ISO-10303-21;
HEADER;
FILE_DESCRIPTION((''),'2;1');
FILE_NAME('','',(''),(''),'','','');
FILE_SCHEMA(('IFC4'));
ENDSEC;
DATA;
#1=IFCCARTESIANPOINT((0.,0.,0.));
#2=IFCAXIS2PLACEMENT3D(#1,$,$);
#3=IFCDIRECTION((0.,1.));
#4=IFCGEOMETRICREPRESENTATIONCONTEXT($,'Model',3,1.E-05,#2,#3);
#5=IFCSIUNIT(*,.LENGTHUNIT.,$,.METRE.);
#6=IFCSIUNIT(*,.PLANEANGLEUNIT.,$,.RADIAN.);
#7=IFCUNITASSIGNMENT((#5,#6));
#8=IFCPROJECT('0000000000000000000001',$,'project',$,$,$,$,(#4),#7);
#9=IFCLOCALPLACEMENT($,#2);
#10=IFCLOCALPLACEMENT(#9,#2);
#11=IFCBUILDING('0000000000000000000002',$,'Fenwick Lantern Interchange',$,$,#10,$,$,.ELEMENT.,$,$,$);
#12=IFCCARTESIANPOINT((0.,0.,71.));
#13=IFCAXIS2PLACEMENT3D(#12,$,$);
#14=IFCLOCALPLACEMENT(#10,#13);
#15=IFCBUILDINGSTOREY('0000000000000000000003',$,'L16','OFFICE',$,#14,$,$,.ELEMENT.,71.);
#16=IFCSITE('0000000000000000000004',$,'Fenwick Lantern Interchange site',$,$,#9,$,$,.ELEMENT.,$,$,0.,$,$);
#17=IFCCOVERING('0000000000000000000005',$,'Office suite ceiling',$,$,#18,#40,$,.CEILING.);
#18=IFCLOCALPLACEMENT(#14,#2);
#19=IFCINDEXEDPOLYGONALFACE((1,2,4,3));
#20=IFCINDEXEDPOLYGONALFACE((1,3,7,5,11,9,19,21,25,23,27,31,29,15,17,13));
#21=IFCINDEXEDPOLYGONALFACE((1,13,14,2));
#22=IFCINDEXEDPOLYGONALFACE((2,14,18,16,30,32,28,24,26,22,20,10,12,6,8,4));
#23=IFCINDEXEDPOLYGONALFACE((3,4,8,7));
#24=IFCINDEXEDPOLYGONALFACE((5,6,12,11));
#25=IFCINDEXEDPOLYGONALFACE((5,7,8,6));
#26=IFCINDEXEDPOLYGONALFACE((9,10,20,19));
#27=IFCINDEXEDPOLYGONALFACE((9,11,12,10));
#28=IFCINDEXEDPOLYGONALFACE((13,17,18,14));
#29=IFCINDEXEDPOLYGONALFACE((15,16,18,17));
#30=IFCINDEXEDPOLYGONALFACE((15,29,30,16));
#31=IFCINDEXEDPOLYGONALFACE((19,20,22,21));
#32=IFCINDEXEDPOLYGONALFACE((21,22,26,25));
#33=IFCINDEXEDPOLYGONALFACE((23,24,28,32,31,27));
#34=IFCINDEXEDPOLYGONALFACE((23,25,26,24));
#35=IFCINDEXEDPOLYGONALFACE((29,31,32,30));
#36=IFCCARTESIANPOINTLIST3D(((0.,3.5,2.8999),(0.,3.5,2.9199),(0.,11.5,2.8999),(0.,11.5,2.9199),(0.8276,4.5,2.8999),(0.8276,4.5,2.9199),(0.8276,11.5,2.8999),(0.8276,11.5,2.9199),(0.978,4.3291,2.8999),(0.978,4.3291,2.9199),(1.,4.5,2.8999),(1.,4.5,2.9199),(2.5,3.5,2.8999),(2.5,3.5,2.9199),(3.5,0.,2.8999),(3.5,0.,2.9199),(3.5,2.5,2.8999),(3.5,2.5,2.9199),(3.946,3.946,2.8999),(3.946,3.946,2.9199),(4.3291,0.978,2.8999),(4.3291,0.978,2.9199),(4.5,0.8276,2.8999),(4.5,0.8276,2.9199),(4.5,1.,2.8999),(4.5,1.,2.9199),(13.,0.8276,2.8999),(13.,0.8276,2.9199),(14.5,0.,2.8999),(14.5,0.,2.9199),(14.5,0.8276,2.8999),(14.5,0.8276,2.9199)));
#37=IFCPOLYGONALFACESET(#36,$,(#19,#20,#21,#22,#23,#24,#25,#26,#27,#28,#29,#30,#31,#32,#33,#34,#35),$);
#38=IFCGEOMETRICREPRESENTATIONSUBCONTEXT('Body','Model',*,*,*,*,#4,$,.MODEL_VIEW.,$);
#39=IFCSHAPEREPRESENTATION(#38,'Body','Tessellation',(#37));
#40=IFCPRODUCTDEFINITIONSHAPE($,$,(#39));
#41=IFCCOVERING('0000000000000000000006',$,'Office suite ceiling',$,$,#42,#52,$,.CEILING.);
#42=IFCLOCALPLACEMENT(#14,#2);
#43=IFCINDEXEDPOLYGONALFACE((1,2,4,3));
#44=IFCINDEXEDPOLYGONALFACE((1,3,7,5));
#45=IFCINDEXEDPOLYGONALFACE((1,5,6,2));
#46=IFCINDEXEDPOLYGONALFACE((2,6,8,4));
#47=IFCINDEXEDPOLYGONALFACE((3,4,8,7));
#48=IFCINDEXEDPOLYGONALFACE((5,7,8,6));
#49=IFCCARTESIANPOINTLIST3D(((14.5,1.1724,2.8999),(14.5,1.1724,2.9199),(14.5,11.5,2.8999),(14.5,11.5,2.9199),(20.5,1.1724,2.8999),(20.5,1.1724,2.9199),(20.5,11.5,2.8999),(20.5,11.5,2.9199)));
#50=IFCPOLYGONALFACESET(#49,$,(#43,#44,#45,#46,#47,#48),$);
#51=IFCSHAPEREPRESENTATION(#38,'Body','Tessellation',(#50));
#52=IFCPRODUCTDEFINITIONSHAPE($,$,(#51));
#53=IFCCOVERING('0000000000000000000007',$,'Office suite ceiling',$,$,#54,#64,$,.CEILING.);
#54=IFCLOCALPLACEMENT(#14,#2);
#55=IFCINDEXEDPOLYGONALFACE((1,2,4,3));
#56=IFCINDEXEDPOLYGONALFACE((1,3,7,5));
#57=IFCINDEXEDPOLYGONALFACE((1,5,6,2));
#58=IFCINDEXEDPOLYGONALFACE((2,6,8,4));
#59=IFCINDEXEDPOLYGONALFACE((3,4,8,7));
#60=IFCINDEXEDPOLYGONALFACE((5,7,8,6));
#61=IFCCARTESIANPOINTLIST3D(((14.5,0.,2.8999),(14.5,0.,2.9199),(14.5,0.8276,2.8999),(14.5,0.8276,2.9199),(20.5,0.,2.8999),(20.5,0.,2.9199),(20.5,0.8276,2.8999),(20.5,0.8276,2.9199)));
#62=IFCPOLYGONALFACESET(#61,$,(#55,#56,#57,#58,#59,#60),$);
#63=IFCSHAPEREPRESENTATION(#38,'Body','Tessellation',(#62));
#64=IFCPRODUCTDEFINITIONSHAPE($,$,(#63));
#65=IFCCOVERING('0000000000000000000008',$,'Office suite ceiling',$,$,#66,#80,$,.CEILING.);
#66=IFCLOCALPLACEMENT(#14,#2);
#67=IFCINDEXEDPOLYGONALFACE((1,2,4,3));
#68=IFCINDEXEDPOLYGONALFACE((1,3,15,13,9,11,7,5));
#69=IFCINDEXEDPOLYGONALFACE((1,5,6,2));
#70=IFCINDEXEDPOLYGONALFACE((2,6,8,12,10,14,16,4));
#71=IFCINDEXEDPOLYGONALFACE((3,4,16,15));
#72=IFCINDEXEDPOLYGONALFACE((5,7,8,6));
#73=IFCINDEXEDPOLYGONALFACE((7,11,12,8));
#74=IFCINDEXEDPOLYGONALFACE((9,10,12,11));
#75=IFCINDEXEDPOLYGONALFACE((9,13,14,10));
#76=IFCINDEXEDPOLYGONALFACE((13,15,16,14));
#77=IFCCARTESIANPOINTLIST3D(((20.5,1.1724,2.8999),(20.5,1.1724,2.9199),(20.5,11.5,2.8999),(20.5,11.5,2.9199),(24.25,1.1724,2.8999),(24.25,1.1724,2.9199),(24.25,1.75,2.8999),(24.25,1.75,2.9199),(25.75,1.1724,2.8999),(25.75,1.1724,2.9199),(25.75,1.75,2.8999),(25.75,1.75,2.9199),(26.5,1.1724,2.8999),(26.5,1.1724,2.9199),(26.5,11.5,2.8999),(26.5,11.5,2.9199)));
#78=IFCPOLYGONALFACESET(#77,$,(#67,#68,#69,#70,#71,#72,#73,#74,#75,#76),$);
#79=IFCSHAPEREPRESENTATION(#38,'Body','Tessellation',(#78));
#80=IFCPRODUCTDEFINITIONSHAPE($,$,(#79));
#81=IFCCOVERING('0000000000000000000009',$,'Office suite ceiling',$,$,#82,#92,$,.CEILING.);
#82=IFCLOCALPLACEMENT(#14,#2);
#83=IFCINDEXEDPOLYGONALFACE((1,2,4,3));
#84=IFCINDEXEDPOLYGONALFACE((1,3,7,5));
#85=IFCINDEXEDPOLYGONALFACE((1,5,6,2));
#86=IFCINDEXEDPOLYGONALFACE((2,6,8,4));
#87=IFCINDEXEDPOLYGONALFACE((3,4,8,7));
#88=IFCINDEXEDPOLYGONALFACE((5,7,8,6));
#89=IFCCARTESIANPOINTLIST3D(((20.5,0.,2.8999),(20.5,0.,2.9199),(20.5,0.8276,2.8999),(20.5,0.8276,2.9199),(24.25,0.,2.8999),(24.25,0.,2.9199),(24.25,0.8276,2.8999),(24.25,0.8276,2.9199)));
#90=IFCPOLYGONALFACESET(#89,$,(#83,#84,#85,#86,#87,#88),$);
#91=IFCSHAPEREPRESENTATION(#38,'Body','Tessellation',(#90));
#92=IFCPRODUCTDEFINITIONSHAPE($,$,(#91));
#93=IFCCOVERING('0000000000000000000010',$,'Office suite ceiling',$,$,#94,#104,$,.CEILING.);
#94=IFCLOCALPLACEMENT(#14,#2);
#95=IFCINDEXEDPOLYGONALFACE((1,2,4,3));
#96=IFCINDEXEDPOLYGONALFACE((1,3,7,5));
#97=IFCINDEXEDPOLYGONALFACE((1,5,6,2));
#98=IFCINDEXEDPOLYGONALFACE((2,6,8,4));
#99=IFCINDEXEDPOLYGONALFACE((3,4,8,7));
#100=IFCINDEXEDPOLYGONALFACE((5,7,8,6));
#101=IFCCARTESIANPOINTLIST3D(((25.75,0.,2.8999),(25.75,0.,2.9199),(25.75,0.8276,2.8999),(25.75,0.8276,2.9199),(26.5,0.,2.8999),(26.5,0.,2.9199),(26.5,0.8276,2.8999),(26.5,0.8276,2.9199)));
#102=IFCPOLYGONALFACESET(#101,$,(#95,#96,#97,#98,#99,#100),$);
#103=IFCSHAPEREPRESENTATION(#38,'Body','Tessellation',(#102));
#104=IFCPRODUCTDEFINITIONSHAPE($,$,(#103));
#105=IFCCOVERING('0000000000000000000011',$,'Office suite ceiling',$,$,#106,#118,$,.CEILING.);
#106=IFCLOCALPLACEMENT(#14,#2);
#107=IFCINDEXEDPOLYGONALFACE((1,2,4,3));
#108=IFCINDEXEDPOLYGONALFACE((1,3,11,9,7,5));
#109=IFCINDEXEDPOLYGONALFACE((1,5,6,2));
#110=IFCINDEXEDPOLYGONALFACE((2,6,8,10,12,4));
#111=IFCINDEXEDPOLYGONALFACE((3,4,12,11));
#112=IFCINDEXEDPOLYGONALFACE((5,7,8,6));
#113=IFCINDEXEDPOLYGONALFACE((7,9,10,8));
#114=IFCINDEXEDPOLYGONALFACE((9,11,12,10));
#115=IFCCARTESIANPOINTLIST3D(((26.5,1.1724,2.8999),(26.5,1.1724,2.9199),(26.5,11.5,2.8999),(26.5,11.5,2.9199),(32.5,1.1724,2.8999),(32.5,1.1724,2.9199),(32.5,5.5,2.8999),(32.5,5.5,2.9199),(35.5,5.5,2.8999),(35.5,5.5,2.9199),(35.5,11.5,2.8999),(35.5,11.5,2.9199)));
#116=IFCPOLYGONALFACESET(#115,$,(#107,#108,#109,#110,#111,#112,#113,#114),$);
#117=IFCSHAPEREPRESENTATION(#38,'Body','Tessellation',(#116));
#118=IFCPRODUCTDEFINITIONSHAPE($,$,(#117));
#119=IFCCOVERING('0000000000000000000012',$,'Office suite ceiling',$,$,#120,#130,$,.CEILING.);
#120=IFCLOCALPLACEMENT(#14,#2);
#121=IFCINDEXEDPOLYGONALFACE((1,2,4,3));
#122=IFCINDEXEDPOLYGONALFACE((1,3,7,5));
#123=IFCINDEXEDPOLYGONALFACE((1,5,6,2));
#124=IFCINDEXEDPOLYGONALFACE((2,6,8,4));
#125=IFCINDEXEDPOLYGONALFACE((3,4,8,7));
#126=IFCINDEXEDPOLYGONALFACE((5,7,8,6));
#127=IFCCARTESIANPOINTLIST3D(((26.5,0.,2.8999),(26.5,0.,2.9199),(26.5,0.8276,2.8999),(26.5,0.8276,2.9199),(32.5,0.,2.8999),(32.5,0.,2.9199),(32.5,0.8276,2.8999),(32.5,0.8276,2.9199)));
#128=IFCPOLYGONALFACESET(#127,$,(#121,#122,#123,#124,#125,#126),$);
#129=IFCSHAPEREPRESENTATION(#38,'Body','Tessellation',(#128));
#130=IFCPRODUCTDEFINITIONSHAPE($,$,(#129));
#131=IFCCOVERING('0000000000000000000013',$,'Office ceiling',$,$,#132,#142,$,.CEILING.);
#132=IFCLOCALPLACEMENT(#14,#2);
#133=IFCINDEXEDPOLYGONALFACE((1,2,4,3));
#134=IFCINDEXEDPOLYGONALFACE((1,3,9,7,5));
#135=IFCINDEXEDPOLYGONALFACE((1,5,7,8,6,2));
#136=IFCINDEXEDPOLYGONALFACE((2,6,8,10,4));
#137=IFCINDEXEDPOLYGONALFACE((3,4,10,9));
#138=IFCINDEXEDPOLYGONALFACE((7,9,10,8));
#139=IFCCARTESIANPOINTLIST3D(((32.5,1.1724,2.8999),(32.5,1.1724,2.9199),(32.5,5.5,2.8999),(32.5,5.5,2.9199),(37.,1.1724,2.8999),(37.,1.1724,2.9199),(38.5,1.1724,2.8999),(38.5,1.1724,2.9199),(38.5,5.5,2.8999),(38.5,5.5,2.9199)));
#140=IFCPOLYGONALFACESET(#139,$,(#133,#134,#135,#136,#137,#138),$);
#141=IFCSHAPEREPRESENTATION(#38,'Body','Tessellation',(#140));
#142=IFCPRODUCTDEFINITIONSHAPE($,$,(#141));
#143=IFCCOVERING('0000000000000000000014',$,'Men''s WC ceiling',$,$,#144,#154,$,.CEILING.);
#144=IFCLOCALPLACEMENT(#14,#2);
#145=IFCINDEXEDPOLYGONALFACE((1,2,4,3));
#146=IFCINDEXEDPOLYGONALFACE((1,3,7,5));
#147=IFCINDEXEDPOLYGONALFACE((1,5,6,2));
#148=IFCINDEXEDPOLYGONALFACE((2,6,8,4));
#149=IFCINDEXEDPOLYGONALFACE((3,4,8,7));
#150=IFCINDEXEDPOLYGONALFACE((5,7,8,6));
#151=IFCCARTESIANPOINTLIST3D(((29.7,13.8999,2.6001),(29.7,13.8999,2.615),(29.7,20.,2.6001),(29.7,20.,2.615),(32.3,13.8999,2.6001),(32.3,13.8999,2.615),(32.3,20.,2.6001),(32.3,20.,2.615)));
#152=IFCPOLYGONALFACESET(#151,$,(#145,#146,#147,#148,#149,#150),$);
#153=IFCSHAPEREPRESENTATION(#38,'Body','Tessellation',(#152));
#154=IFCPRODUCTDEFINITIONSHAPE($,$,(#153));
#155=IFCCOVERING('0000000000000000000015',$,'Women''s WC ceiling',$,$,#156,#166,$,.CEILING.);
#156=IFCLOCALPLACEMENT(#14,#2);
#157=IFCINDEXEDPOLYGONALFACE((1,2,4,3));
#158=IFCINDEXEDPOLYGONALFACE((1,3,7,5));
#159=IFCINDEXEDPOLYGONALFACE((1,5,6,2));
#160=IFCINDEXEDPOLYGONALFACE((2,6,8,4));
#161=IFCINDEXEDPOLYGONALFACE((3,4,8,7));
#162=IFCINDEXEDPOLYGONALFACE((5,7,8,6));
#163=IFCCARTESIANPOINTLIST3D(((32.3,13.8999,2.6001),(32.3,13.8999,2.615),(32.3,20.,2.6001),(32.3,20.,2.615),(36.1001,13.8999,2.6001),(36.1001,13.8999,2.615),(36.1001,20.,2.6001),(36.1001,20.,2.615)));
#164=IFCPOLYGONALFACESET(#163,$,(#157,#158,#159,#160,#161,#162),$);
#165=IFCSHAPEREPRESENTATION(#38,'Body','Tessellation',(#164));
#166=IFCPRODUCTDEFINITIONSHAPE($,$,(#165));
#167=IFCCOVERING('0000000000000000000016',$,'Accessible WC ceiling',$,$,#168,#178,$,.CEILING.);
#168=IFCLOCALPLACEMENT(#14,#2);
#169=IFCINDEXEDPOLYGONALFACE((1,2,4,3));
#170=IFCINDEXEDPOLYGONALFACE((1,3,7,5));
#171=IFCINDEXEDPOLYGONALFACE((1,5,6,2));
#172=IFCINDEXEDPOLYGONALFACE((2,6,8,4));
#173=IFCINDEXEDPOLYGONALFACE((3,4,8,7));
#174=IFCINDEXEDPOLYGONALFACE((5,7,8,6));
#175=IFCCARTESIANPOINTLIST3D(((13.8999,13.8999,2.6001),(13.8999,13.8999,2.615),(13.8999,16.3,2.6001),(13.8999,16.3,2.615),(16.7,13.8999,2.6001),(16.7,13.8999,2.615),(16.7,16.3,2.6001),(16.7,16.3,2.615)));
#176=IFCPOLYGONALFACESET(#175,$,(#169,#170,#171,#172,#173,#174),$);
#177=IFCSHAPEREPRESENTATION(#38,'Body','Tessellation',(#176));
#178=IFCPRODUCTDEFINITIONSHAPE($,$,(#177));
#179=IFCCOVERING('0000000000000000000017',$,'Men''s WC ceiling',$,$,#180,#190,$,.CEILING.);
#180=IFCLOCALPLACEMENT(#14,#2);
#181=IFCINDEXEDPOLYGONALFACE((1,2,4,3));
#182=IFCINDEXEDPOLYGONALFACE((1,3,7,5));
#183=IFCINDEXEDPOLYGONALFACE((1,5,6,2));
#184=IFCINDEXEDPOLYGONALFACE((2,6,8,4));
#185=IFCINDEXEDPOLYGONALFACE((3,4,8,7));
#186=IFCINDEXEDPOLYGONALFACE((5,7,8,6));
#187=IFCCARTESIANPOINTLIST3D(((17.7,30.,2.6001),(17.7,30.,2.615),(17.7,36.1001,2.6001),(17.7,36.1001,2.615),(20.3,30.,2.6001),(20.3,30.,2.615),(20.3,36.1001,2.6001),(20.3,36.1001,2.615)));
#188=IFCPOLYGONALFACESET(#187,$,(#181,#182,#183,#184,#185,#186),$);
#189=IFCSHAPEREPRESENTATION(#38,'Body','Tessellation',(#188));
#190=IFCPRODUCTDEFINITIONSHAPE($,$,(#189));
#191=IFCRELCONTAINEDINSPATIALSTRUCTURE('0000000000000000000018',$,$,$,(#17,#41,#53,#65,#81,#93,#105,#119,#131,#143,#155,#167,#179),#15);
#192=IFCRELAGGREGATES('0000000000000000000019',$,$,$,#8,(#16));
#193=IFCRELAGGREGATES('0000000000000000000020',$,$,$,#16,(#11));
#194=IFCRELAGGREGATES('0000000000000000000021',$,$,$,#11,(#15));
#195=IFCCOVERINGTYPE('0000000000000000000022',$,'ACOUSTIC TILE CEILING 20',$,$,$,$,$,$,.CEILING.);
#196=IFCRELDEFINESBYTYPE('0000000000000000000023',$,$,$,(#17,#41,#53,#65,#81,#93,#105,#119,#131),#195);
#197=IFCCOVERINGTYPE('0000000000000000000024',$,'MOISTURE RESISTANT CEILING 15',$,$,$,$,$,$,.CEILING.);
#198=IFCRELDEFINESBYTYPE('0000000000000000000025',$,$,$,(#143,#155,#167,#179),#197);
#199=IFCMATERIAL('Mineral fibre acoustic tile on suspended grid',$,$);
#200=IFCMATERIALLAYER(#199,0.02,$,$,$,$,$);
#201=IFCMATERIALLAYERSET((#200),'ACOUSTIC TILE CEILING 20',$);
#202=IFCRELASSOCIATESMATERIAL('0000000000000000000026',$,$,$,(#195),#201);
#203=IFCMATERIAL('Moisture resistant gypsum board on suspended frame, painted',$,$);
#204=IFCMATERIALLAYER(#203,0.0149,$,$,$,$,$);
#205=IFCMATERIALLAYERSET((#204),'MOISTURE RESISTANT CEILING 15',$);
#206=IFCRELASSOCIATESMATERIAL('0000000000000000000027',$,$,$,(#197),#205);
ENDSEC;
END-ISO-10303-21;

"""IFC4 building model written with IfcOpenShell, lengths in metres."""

from ifc_helpers import new_model, si_unit, direction, frame, origin, place, context, subcontext, project, spatial, polyline, outline, extrude, material, layer, layer_set, type_object, element, save


model = new_model("IFC4")

# Units and contexts
model_context = context("Model", 3, precision=1e-05, world=origin(), true_north=direction((0.0, 1.0)))
body_context = subcontext(model_context, "Body", "Model", "MODEL_VIEW")
ifc_project = project(units=[si_unit("LENGTHUNIT", "METRE"), si_unit("PLANEANGLEUNIT", "RADIAN")], contexts=[model_context])

# Site, building, storey
site_placement = place(None, origin())
site = spatial("IfcSite", under=ifc_project, at=site_placement, Name="Fenwick Lantern Interchange site", CompositionType="ELEMENT", RefElevation=0.0)
building_placement = place(site_placement, origin())
building = spatial("IfcBuilding", under=site, at=building_placement, Name="Fenwick Lantern Interchange", CompositionType="ELEMENT")
storey_placement = place(building_placement, frame((0.0, 0.0, 71.0)))
storey = spatial("IfcBuildingStorey", under=building, at=storey_placement, Name="L16", Description="OFFICE", CompositionType="ELEMENT", Elevation=71.0)

# Coverings
ifc_material_1 = material(Name="Mineral fibre acoustic tile on suspended grid")
ifc_layer_1 = layer(ifc_material_1, 0.02)
ifc_layer_set_1 = layer_set([ifc_layer_1], Name="ACOUSTIC TILE CEILING 20")
covering_type_1 = type_object("IfcCoveringType", Name="ACOUSTIC TILE CEILING 20", PredefinedType="CEILING", material=ifc_layer_set_1)
covering_1_placement = place(storey_placement, frame((0.0, 0.0, 2.8999)))
element("IfcCovering", 1, at=covering_1_placement, inside=storey, type_object=covering_type_1, Name="Office suite ceiling", PredefinedType="CEILING", context=body_context, shape_type="SweptSolid", body=[
    extrude(outline(polyline([(3.5, 2.5), (3.5, 0.0), (14.5, 0.0), (14.5, 0.8276), (13.0, 0.8276), (4.5, 0.8276), (4.5, 1.0), (4.3291, 0.978), (3.946, 3.946), (0.978, 4.3291), (1.0, 4.5), (0.8276, 4.5), (0.8276, 11.5), (0.0, 11.5), (0.0, 3.5), (2.5, 3.5), (3.5, 2.5)])), origin(), (0.0, 0.0, 1.0), 0.02),
])
covering_2_placement = place(storey_placement, frame((0.0, 0.0, 2.8999)))
element("IfcCovering", 2, at=covering_2_placement, inside=storey, type_object=covering_type_1, Name="Office suite ceiling", PredefinedType="CEILING", context=body_context, shape_type="SweptSolid", body=[
    extrude(outline(polyline([(14.5, 11.5), (14.5, 1.1724), (20.5, 1.1724), (20.5, 11.5), (14.5, 11.5)])), origin(), (0.0, 0.0, 1.0), 0.02),
])
covering_3_placement = place(storey_placement, frame((0.0, 0.0, 2.8999)))
element("IfcCovering", 3, at=covering_3_placement, inside=storey, type_object=covering_type_1, Name="Office suite ceiling", PredefinedType="CEILING", context=body_context, shape_type="SweptSolid", body=[
    extrude(outline(polyline([(14.5, 0.0), (20.5, 0.0), (20.5, 0.8276), (14.5, 0.8276), (14.5, 0.0)])), origin(), (0.0, 0.0, 1.0), 0.02),
])
covering_4_placement = place(storey_placement, frame((0.0, 0.0, 2.8999)))
element("IfcCovering", 4, at=covering_4_placement, inside=storey, type_object=covering_type_1, Name="Office suite ceiling", PredefinedType="CEILING", context=body_context, shape_type="SweptSolid", body=[
    extrude(outline(polyline([(25.75, 1.75), (25.75, 1.1724), (26.5, 1.1724), (26.5, 11.5), (20.5, 11.5), (20.5, 1.1724), (24.25, 1.1724), (24.25, 1.75), (25.75, 1.75)])), origin(), (0.0, 0.0, 1.0), 0.02),
])
covering_5_placement = place(storey_placement, frame((0.0, 0.0, 2.8999)))
element("IfcCovering", 5, at=covering_5_placement, inside=storey, type_object=covering_type_1, Name="Office suite ceiling", PredefinedType="CEILING", context=body_context, shape_type="SweptSolid", body=[
    extrude(outline(polyline([(24.25, 0.0), (24.25, 0.8276), (20.5, 0.8276), (20.5, 0.0), (24.25, 0.0)])), origin(), (0.0, 0.0, 1.0), 0.02),
])
covering_6_placement = place(storey_placement, frame((0.0, 0.0, 2.8999)))
element("IfcCovering", 6, at=covering_6_placement, inside=storey, type_object=covering_type_1, Name="Office suite ceiling", PredefinedType="CEILING", context=body_context, shape_type="SweptSolid", body=[
    extrude(outline(polyline([(25.75, 0.8276), (25.75, 0.0), (26.5, 0.0), (26.5, 0.8276), (25.75, 0.8276)])), origin(), (0.0, 0.0, 1.0), 0.02),
])
covering_7_placement = place(storey_placement, frame((0.0, 0.0, 2.8999)))
element("IfcCovering", 7, at=covering_7_placement, inside=storey, type_object=covering_type_1, Name="Office suite ceiling", PredefinedType="CEILING", context=body_context, shape_type="SweptSolid", body=[
    extrude(outline(polyline([(26.5, 11.5), (26.5, 1.1724), (32.5, 1.1724), (32.5, 5.5), (35.5, 5.5), (35.5, 11.5), (26.5, 11.5)])), origin(), (0.0, 0.0, 1.0), 0.02),
])
covering_8_placement = place(storey_placement, frame((0.0, 0.0, 2.8999)))
element("IfcCovering", 8, at=covering_8_placement, inside=storey, type_object=covering_type_1, Name="Office suite ceiling", PredefinedType="CEILING", context=body_context, shape_type="SweptSolid", body=[
    extrude(outline(polyline([(26.5, 0.0), (32.5, 0.0), (32.5, 0.8276), (26.5, 0.8276), (26.5, 0.0)])), origin(), (0.0, 0.0, 1.0), 0.02),
])
covering_9_placement = place(storey_placement, frame((0.0, 0.0, 2.8999)))
element("IfcCovering", 9, at=covering_9_placement, inside=storey, type_object=covering_type_1, Name="Office ceiling", PredefinedType="CEILING", context=body_context, shape_type="SweptSolid", body=[
    extrude(outline(polyline([(32.5, 5.5), (32.5, 1.1724), (37.0, 1.1724), (38.5, 1.1724), (38.5, 5.5), (32.5, 5.5)])), origin(), (0.0, 0.0, 1.0), 0.02),
])
ifc_material_2 = material(Name="Moisture resistant gypsum board on suspended frame, painted")
ifc_layer_2 = layer(ifc_material_2, 0.0149)
ifc_layer_set_2 = layer_set([ifc_layer_2], Name="MOISTURE RESISTANT CEILING 15")
covering_type_2 = type_object("IfcCoveringType", Name="MOISTURE RESISTANT CEILING 15", PredefinedType="CEILING", material=ifc_layer_set_2)
covering_10_placement = place(storey_placement, frame((0.0, 0.0, 2.6001)))
element("IfcCovering", 10, at=covering_10_placement, inside=storey, type_object=covering_type_2, Name="Men's WC ceiling", PredefinedType="CEILING", context=body_context, shape_type="SweptSolid", body=[
    extrude(outline(polyline([(29.7, 13.8999), (32.3, 13.8999), (32.3, 20.0), (29.7, 20.0), (29.7, 13.8999)])), origin(), (0.0, 0.0, 1.0), 0.0149),
])
covering_11_placement = place(storey_placement, frame((0.0, 0.0, 2.6001)))
element("IfcCovering", 11, at=covering_11_placement, inside=storey, type_object=covering_type_2, Name="Women's WC ceiling", PredefinedType="CEILING", context=body_context, shape_type="SweptSolid", body=[
    extrude(outline(polyline([(32.3, 13.8999), (36.1001, 13.8999), (36.1001, 20.0), (32.3, 20.0), (32.3, 13.8999)])), origin(), (0.0, 0.0, 1.0), 0.0149),
])
covering_12_placement = place(storey_placement, frame((0.0, 0.0, 2.6001)))
element("IfcCovering", 12, at=covering_12_placement, inside=storey, type_object=covering_type_2, Name="Accessible WC ceiling", PredefinedType="CEILING", context=body_context, shape_type="SweptSolid", body=[
    extrude(outline(polyline([(13.8999, 13.8999), (16.7, 13.8999), (16.7, 16.3), (13.8999, 16.3), (13.8999, 13.8999)])), origin(), (0.0, 0.0, 1.0), 0.0149),
])
covering_13_placement = place(storey_placement, frame((0.0, 0.0, 2.6001)))
element("IfcCovering", 13, at=covering_13_placement, inside=storey, type_object=covering_type_2, Name="Men's WC ceiling", PredefinedType="CEILING", context=body_context, shape_type="SweptSolid", body=[
    extrude(outline(polyline([(20.3, 36.1001), (17.7, 36.1001), (17.7, 30.0), (20.3, 30.0), (20.3, 36.1001)])), origin(), (0.0, 0.0, 1.0), 0.0149),
])

save(model, "model.ifc")
